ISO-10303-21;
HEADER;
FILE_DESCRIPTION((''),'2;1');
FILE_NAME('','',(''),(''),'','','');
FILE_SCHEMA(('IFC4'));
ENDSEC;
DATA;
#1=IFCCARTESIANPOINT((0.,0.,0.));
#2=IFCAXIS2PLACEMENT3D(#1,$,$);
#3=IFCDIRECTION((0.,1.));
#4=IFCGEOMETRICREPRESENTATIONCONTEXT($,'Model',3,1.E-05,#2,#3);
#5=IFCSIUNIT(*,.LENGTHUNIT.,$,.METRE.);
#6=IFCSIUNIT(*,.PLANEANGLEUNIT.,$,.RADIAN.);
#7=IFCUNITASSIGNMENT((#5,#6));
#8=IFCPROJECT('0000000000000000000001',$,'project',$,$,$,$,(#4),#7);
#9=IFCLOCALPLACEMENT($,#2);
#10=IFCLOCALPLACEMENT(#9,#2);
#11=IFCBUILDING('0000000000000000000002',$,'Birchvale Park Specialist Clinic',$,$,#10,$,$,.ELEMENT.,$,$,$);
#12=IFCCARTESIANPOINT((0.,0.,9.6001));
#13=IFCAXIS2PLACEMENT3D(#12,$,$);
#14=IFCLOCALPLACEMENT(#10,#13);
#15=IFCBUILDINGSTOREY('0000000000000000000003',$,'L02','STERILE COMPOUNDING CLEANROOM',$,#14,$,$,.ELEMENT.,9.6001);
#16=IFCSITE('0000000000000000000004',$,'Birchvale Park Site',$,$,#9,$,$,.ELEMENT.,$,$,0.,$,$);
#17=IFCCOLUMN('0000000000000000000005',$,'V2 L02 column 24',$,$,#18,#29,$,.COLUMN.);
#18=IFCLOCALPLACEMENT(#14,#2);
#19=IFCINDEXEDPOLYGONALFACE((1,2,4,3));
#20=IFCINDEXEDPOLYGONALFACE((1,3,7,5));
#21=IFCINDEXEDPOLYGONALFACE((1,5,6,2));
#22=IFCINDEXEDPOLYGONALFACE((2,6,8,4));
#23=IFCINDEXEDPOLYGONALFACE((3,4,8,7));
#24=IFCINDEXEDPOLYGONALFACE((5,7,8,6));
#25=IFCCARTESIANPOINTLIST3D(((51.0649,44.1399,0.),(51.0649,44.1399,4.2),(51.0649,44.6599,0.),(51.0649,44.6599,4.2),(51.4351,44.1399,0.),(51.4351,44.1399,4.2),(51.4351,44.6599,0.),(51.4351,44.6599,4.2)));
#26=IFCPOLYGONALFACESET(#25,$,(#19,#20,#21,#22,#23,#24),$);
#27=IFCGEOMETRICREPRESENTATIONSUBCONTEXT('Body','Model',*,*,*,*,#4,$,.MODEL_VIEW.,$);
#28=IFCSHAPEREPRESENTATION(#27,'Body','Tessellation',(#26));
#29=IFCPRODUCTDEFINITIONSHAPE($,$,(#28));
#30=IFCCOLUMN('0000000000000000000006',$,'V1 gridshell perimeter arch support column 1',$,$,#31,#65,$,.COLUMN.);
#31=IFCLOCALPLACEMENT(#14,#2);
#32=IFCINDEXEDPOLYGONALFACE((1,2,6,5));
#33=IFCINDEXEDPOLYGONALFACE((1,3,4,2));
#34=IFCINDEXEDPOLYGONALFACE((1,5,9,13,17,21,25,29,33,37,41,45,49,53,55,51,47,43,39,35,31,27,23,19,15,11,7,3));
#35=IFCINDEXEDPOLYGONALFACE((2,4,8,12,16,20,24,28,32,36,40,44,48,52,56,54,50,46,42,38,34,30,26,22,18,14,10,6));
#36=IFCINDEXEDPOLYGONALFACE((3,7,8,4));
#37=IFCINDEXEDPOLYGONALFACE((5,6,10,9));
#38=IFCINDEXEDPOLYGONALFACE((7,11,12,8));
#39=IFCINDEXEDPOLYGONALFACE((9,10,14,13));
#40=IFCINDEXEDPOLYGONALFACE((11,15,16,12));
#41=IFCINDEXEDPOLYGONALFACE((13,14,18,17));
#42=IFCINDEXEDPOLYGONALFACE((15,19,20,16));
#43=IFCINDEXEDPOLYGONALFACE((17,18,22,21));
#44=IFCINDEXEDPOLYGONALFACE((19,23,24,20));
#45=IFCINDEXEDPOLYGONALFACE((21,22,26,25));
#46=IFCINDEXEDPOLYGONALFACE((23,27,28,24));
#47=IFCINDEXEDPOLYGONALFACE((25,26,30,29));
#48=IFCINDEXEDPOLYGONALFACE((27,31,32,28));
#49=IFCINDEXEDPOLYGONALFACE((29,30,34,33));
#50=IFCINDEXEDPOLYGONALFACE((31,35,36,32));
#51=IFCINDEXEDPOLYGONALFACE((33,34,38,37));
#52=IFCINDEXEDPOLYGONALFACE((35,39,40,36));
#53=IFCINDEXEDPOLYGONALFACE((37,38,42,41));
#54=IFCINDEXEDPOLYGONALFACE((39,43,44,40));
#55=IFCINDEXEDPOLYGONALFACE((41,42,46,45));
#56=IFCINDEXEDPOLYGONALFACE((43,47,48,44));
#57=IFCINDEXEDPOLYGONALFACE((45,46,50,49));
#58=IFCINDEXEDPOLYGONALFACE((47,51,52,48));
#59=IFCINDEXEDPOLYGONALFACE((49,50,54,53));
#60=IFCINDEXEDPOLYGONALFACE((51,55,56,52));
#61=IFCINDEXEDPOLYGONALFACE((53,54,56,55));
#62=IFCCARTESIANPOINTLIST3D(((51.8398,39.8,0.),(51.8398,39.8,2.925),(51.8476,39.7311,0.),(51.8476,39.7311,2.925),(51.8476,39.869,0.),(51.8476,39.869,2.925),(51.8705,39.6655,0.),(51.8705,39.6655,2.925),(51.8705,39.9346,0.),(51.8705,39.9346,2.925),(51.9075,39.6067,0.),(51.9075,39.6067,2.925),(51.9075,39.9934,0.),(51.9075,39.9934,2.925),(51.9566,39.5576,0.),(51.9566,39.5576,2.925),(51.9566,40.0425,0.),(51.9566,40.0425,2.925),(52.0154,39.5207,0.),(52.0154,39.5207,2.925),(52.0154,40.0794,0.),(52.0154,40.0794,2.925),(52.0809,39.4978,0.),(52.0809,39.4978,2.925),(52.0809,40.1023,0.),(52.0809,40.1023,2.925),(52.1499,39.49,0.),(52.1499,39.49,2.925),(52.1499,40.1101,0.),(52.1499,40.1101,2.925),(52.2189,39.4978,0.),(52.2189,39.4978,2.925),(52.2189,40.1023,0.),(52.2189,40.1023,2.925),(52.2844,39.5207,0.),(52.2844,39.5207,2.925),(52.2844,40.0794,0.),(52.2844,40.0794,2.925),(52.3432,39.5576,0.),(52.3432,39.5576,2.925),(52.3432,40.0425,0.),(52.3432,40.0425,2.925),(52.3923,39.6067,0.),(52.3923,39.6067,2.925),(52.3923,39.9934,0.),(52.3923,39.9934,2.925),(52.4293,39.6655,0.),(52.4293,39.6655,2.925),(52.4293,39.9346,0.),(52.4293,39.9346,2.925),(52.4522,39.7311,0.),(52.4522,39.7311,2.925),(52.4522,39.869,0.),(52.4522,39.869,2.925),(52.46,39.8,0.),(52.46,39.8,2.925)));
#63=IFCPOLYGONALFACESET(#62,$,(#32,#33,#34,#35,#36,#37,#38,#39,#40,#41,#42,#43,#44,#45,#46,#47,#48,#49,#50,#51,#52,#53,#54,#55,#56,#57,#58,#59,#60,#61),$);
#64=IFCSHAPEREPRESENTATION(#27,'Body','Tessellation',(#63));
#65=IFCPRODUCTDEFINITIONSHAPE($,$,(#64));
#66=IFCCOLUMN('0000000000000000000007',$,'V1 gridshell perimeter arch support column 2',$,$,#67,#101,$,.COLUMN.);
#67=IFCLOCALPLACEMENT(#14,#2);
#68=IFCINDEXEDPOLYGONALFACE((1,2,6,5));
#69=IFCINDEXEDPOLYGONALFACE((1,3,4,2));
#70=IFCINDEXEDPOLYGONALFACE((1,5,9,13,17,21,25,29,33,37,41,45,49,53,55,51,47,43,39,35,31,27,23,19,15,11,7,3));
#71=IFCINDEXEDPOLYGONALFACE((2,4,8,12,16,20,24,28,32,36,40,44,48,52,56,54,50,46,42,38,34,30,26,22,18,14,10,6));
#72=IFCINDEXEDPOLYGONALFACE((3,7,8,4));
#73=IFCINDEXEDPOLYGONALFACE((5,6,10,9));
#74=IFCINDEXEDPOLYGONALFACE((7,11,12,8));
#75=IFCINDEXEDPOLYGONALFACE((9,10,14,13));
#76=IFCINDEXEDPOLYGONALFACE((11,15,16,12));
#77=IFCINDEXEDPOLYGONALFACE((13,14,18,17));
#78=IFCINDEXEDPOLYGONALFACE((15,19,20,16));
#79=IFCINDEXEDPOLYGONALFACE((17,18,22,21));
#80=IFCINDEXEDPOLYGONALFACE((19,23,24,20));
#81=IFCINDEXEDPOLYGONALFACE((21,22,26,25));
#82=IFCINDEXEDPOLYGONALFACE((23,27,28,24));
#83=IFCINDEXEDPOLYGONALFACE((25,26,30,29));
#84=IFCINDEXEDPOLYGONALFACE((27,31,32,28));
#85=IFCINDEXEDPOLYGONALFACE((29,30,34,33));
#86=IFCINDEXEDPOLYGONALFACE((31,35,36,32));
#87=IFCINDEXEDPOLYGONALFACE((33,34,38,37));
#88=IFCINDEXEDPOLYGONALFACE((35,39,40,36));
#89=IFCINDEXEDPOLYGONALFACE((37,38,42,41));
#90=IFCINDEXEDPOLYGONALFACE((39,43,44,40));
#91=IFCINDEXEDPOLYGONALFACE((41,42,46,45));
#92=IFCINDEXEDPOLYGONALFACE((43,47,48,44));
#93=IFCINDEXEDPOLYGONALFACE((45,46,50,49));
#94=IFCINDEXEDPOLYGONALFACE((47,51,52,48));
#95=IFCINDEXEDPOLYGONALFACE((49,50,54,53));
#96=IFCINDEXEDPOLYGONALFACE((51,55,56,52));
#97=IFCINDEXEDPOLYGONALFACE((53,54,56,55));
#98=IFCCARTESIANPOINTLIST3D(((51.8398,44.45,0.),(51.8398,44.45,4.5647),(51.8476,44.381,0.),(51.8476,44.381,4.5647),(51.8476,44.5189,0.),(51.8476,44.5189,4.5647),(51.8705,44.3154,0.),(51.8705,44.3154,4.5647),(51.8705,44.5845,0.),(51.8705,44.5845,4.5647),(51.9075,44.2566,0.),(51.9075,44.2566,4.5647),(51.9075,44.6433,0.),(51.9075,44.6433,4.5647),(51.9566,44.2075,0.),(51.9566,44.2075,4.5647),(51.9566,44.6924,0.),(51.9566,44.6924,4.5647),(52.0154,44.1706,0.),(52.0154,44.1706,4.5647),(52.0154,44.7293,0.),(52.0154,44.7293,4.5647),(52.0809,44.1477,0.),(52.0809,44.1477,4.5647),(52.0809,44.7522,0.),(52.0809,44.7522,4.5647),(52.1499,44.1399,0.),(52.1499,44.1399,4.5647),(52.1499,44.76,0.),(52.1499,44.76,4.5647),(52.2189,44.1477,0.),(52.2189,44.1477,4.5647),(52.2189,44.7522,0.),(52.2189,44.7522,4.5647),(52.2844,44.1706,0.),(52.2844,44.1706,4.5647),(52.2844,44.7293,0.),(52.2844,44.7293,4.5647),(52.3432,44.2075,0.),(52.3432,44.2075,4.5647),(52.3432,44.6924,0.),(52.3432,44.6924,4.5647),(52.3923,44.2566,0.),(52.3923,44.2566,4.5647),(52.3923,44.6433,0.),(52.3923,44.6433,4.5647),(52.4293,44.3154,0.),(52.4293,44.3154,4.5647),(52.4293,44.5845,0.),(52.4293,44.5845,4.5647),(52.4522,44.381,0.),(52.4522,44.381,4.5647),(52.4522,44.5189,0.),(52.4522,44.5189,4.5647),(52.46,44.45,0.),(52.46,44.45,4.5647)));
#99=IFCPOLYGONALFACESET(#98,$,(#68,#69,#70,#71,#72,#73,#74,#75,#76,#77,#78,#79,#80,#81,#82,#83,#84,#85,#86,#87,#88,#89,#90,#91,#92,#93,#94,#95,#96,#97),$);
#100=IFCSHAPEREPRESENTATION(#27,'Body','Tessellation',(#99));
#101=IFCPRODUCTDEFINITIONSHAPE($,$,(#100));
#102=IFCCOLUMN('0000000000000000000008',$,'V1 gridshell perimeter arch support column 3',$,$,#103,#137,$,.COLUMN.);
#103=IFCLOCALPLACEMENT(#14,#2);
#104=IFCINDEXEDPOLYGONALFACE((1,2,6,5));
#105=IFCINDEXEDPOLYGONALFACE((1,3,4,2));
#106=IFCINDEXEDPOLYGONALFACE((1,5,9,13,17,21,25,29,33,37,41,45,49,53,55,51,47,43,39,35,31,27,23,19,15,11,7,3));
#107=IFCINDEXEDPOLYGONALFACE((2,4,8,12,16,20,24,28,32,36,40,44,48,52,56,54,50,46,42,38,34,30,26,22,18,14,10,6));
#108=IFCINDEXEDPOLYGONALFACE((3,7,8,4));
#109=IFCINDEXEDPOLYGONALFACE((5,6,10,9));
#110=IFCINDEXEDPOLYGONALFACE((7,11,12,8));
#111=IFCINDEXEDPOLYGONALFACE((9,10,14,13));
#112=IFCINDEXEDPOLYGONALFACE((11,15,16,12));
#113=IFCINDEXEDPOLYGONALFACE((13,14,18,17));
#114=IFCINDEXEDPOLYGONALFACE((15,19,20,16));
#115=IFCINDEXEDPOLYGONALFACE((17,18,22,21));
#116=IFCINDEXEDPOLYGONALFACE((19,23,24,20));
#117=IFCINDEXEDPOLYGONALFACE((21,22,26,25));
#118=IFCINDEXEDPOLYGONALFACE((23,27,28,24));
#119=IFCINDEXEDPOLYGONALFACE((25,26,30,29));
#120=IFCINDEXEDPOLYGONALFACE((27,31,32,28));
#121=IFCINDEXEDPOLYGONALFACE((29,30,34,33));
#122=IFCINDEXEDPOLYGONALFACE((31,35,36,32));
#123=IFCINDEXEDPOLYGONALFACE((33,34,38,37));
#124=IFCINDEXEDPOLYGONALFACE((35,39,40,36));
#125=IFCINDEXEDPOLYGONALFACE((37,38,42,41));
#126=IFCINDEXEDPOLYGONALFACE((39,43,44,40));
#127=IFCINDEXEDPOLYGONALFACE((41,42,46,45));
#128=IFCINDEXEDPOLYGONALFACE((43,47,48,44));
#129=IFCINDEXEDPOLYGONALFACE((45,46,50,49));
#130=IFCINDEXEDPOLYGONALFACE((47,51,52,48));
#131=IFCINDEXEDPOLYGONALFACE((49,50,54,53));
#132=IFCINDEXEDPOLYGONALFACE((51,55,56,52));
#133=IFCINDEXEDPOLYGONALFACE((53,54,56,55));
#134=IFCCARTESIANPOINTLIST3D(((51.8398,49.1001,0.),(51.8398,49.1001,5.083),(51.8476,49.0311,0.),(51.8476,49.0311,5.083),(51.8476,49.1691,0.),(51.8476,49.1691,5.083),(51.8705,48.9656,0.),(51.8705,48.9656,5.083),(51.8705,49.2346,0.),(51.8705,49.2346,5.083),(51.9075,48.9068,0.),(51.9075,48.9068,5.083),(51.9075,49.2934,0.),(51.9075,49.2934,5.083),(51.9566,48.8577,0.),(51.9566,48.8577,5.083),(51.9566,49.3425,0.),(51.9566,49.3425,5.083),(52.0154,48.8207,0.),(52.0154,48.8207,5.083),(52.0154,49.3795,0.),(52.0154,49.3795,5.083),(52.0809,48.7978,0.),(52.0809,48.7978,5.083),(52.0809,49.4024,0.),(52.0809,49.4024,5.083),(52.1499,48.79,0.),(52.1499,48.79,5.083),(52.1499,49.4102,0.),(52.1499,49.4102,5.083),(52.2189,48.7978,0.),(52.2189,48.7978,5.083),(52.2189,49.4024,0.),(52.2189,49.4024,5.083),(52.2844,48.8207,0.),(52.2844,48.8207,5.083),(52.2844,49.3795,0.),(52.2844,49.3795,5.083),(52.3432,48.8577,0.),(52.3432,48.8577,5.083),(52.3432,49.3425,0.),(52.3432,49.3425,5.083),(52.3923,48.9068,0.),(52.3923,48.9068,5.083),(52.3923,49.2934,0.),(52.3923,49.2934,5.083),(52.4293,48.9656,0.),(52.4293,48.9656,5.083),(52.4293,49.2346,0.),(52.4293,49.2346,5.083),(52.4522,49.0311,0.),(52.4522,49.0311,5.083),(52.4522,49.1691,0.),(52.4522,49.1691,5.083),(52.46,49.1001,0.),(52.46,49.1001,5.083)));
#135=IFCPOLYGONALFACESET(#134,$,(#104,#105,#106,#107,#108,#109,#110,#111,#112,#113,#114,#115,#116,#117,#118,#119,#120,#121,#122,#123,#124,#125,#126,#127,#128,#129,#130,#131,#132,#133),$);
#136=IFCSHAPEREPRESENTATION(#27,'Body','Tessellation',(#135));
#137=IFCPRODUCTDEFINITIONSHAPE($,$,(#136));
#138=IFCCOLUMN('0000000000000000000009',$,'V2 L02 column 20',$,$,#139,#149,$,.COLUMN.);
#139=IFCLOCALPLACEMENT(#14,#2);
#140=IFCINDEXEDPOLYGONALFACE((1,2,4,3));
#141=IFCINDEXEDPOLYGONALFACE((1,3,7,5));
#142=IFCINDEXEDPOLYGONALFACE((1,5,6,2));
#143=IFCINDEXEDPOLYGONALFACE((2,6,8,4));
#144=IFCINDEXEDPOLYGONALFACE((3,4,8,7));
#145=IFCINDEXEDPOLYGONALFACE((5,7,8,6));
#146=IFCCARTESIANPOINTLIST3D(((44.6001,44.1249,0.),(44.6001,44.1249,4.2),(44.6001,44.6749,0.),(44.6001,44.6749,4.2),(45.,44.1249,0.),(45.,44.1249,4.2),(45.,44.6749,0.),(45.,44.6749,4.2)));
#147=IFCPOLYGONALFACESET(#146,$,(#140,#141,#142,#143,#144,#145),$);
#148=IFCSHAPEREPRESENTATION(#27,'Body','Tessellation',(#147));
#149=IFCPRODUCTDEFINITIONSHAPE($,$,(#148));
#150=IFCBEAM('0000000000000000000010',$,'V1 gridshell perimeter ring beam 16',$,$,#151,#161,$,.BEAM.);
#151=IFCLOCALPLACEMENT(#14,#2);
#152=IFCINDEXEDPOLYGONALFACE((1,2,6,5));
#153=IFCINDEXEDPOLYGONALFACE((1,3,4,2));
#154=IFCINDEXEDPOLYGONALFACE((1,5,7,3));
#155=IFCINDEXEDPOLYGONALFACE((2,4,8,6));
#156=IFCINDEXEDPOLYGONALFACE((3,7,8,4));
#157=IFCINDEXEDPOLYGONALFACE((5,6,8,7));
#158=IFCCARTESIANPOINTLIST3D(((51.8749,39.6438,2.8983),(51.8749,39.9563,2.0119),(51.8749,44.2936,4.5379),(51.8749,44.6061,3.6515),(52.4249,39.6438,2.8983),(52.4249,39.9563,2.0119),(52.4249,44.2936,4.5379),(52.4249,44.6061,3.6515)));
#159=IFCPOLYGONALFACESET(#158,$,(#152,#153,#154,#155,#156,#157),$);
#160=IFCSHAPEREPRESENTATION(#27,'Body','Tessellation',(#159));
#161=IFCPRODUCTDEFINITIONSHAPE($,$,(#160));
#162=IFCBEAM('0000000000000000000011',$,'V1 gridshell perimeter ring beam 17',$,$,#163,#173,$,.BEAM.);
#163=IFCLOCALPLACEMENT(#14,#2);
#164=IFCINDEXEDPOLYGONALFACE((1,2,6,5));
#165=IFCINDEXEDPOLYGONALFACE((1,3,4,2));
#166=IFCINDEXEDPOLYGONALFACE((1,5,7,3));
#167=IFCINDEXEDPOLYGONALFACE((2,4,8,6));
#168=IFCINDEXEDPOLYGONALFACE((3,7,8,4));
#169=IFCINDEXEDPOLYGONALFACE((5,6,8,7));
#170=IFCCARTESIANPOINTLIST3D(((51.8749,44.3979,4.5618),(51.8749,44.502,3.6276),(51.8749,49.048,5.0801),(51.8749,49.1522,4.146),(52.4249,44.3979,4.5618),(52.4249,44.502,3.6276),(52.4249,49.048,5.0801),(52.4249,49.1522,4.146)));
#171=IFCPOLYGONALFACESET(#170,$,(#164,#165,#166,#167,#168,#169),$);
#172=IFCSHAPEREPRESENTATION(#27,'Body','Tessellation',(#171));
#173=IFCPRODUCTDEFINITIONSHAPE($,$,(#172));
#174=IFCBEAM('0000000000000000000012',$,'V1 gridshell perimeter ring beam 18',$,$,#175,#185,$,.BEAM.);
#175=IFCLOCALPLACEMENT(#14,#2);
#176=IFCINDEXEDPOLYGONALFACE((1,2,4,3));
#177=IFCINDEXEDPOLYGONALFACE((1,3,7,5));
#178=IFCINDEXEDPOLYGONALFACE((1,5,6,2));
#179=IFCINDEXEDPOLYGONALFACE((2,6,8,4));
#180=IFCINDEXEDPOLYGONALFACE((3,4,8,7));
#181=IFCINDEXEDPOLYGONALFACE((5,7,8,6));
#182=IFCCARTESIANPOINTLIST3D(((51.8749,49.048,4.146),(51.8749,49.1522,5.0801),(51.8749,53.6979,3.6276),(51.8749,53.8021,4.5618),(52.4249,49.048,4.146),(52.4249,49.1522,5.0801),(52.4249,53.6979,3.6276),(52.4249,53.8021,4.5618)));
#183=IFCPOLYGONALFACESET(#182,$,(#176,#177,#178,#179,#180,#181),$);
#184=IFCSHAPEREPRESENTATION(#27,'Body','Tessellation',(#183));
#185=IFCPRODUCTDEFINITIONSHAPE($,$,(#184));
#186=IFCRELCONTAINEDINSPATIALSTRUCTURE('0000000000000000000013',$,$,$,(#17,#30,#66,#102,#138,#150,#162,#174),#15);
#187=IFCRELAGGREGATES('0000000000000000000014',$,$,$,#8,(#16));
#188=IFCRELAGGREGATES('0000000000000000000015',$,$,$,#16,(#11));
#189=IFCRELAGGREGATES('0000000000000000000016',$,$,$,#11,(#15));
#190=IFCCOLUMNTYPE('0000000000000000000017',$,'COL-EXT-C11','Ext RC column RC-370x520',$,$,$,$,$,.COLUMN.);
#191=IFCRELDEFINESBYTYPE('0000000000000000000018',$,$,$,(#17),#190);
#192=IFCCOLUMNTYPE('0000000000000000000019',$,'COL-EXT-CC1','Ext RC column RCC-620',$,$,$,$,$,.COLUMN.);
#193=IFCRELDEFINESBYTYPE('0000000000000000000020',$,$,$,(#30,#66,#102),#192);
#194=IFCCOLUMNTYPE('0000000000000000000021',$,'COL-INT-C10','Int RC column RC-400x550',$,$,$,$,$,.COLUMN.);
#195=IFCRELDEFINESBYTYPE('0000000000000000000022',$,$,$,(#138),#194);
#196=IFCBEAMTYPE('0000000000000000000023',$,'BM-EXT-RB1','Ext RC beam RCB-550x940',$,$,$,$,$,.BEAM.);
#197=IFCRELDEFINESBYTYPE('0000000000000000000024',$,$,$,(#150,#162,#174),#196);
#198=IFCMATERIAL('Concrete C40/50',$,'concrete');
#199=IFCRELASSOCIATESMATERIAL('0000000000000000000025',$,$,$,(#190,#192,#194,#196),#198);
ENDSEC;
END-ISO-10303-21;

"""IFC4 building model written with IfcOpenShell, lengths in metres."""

from ifc_helpers import new_model, si_unit, direction, frame, origin, origin_2d, place, context, subcontext, project, spatial, rectangle, circle, extrude, material, material_profile, profile_set, type_object, element, save


model = new_model("IFC4")

# Units and contexts
model_context = context("Model", 3, precision=1e-05, world=origin(), true_north=direction((0.0, 1.0)))
body_context = subcontext(model_context, "Body", "Model", "MODEL_VIEW")
ifc_project = project(units=[si_unit("LENGTHUNIT", "METRE"), si_unit("PLANEANGLEUNIT", "RADIAN")], contexts=[model_context])

# Site, building, storey
site_placement = place(None, origin())
site = spatial("IfcSite", under=ifc_project, at=site_placement, Name="Birchvale Park Site", CompositionType="ELEMENT", RefElevation=0.0)
building_placement = place(site_placement, origin())
building = spatial("IfcBuilding", under=site, at=building_placement, Name="Birchvale Park Specialist Clinic", CompositionType="ELEMENT")
storey_placement = place(building_placement, frame((0.0, 0.0, 9.6001)))
storey = spatial("IfcBuildingStorey", under=building, at=storey_placement, Name="L02", Description="STERILE COMPOUNDING CLEANROOM", CompositionType="ELEMENT", Elevation=9.6001)

# Columns
ifc_material_1 = material(Name="Concrete C40/50", Category="concrete")
ifc_material_profile_1 = material_profile(ifc_material_1, rectangle(XDim=0.3701, YDim=0.52, at=origin_2d()), Name="RC-370x520")
ifc_profile_set_1 = profile_set([ifc_material_profile_1], Name="Concrete C40/50")
column_type_1 = type_object("IfcColumnType", Name="COL-EXT-C11", Description="Ext RC column RC-370x520", PredefinedType="COLUMN", material=ifc_profile_set_1)
column_1_placement = place(storey_placement, frame((51.25, 44.3999, 0.0), z_axis=(0.0, 0.0, 1.0), x_axis=(1.0, 0.0, 0.0)))
element("IfcColumn", 1, at=column_1_placement, inside=storey, type_object=column_type_1, Name="V2 L02 column 24", PredefinedType="COLUMN", context=body_context, shape_type="SweptSolid", body=[
    extrude(rectangle(XDim=0.3701, YDim=0.52, at=origin_2d()), origin(), (0.0, 0.0, 1.0), 4.2),
])
ifc_material_profile_2 = material_profile(ifc_material_1, circle(Radius=0.3101, at=origin_2d()), Name="RCC-620")
ifc_profile_set_2 = profile_set([ifc_material_profile_2], Name="Concrete C40/50")
column_type_2 = type_object("IfcColumnType", Name="COL-EXT-CC1", Description="Ext RC column RCC-620", PredefinedType="COLUMN", material=ifc_profile_set_2)
column_2_placement = place(storey_placement, frame((52.1499, 39.8, 0.0), z_axis=(0.0, 0.0, 1.0), x_axis=(1.0, 0.0, 0.0)))
element("IfcColumn", 2, at=column_2_placement, inside=storey, type_object=column_type_2, Name="V1 gridshell perimeter arch support column 1", PredefinedType="COLUMN", context=body_context, shape_type="SweptSolid", body=[
    extrude(circle(Radius=0.3101, at=origin_2d()), origin(), (0.0, 0.0, 1.0), 2.925),
])
column_3_placement = place(storey_placement, frame((52.1499, 44.45, 0.0), z_axis=(0.0, 0.0, 1.0), x_axis=(1.0, 0.0, 0.0)))
element("IfcColumn", 3, at=column_3_placement, inside=storey, type_object=column_type_2, Name="V1 gridshell perimeter arch support column 2", PredefinedType="COLUMN", context=body_context, shape_type="SweptSolid", body=[
    extrude(circle(Radius=0.3101, at=origin_2d()), origin(), (0.0, 0.0, 1.0), 4.5647),
])
column_4_placement = place(storey_placement, frame((52.1499, 49.1001, 0.0), z_axis=(0.0, 0.0, 1.0), x_axis=(1.0, 0.0, 0.0)))
element("IfcColumn", 4, at=column_4_placement, inside=storey, type_object=column_type_2, Name="V1 gridshell perimeter arch support column 3", PredefinedType="COLUMN", context=body_context, shape_type="SweptSolid", body=[
    extrude(circle(Radius=0.3101, at=origin_2d()), origin(), (0.0, 0.0, 1.0), 5.083),
])
ifc_material_profile_3 = material_profile(ifc_material_1, rectangle(XDim=0.3999, YDim=0.55, at=origin_2d()), Name="RC-400x550")
ifc_profile_set_3 = profile_set([ifc_material_profile_3], Name="Concrete C40/50")
column_type_3 = type_object("IfcColumnType", Name="COL-INT-C10", Description="Int RC column RC-400x550", PredefinedType="COLUMN", material=ifc_profile_set_3)
column_5_placement = place(storey_placement, frame((44.8, 44.3999, 0.0), z_axis=(0.0, 0.0, 1.0), x_axis=(1.0, 0.0, 0.0)))
element("IfcColumn", 5, at=column_5_placement, inside=storey, type_object=column_type_3, Name="V2 L02 column 20", PredefinedType="COLUMN", context=body_context, shape_type="SweptSolid", body=[
    extrude(rectangle(XDim=0.3999, YDim=0.55, at=origin_2d()), origin(), (0.0, 0.0, 1.0), 4.2),
])

# Beams
ifc_material_profile_4 = material_profile(ifc_material_1, rectangle(XDim=0.55, YDim=0.9399, at=origin_2d()), Name="RCB-550x940")
ifc_profile_set_4 = profile_set([ifc_material_profile_4], Name="Concrete C40/50")
beam_type_1 = type_object("IfcBeamType", Name="BM-EXT-RB1", Description="Ext RC beam RCB-550x940", PredefinedType="BEAM", material=ifc_profile_set_4)
beam_1_placement = place(storey_placement, frame((52.1499, 39.8, 2.4551), z_axis=(0.0, 0.943085, 0.332551), x_axis=(-1.0, 0.0, 0.0)))
element("IfcBeam", 6, at=beam_1_placement, inside=storey, type_object=beam_type_1, Name="V1 gridshell perimeter ring beam 16", PredefinedType="BEAM", context=body_context, shape_type="SweptSolid", body=[
    extrude(rectangle(XDim=0.55, YDim=0.9399, at=origin_2d()), origin(), (0.0, 0.0, 1.0), 4.9304),
])
beam_2_placement = place(storey_placement, frame((52.1499, 44.45, 4.0947), z_axis=(0.0, 0.993845, 0.110775), x_axis=(-1.0, 0.0, 0.0)))
element("IfcBeam", 7, at=beam_2_placement, inside=storey, type_object=beam_type_1, Name="V1 gridshell perimeter ring beam 17", PredefinedType="BEAM", context=body_context, shape_type="SweptSolid", body=[
    extrude(rectangle(XDim=0.55, YDim=0.9399, at=origin_2d()), origin(), (0.0, 0.0, 1.0), 4.679),
])
beam_3_placement = place(storey_placement, frame((52.1499, 49.1001, 4.613), z_axis=(0.0, 0.993845, -0.110781), x_axis=(-1.0, 0.0, 0.0)))
element("IfcBeam", 8, at=beam_3_placement, inside=storey, type_object=beam_type_1, Name="V1 gridshell perimeter ring beam 18", PredefinedType="BEAM", context=body_context, shape_type="SweptSolid", body=[
    extrude(rectangle(XDim=0.55, YDim=0.9399, at=origin_2d()), origin(), (0.0, 0.0, 1.0), 4.6787),
])

save(model, "model.ifc")
